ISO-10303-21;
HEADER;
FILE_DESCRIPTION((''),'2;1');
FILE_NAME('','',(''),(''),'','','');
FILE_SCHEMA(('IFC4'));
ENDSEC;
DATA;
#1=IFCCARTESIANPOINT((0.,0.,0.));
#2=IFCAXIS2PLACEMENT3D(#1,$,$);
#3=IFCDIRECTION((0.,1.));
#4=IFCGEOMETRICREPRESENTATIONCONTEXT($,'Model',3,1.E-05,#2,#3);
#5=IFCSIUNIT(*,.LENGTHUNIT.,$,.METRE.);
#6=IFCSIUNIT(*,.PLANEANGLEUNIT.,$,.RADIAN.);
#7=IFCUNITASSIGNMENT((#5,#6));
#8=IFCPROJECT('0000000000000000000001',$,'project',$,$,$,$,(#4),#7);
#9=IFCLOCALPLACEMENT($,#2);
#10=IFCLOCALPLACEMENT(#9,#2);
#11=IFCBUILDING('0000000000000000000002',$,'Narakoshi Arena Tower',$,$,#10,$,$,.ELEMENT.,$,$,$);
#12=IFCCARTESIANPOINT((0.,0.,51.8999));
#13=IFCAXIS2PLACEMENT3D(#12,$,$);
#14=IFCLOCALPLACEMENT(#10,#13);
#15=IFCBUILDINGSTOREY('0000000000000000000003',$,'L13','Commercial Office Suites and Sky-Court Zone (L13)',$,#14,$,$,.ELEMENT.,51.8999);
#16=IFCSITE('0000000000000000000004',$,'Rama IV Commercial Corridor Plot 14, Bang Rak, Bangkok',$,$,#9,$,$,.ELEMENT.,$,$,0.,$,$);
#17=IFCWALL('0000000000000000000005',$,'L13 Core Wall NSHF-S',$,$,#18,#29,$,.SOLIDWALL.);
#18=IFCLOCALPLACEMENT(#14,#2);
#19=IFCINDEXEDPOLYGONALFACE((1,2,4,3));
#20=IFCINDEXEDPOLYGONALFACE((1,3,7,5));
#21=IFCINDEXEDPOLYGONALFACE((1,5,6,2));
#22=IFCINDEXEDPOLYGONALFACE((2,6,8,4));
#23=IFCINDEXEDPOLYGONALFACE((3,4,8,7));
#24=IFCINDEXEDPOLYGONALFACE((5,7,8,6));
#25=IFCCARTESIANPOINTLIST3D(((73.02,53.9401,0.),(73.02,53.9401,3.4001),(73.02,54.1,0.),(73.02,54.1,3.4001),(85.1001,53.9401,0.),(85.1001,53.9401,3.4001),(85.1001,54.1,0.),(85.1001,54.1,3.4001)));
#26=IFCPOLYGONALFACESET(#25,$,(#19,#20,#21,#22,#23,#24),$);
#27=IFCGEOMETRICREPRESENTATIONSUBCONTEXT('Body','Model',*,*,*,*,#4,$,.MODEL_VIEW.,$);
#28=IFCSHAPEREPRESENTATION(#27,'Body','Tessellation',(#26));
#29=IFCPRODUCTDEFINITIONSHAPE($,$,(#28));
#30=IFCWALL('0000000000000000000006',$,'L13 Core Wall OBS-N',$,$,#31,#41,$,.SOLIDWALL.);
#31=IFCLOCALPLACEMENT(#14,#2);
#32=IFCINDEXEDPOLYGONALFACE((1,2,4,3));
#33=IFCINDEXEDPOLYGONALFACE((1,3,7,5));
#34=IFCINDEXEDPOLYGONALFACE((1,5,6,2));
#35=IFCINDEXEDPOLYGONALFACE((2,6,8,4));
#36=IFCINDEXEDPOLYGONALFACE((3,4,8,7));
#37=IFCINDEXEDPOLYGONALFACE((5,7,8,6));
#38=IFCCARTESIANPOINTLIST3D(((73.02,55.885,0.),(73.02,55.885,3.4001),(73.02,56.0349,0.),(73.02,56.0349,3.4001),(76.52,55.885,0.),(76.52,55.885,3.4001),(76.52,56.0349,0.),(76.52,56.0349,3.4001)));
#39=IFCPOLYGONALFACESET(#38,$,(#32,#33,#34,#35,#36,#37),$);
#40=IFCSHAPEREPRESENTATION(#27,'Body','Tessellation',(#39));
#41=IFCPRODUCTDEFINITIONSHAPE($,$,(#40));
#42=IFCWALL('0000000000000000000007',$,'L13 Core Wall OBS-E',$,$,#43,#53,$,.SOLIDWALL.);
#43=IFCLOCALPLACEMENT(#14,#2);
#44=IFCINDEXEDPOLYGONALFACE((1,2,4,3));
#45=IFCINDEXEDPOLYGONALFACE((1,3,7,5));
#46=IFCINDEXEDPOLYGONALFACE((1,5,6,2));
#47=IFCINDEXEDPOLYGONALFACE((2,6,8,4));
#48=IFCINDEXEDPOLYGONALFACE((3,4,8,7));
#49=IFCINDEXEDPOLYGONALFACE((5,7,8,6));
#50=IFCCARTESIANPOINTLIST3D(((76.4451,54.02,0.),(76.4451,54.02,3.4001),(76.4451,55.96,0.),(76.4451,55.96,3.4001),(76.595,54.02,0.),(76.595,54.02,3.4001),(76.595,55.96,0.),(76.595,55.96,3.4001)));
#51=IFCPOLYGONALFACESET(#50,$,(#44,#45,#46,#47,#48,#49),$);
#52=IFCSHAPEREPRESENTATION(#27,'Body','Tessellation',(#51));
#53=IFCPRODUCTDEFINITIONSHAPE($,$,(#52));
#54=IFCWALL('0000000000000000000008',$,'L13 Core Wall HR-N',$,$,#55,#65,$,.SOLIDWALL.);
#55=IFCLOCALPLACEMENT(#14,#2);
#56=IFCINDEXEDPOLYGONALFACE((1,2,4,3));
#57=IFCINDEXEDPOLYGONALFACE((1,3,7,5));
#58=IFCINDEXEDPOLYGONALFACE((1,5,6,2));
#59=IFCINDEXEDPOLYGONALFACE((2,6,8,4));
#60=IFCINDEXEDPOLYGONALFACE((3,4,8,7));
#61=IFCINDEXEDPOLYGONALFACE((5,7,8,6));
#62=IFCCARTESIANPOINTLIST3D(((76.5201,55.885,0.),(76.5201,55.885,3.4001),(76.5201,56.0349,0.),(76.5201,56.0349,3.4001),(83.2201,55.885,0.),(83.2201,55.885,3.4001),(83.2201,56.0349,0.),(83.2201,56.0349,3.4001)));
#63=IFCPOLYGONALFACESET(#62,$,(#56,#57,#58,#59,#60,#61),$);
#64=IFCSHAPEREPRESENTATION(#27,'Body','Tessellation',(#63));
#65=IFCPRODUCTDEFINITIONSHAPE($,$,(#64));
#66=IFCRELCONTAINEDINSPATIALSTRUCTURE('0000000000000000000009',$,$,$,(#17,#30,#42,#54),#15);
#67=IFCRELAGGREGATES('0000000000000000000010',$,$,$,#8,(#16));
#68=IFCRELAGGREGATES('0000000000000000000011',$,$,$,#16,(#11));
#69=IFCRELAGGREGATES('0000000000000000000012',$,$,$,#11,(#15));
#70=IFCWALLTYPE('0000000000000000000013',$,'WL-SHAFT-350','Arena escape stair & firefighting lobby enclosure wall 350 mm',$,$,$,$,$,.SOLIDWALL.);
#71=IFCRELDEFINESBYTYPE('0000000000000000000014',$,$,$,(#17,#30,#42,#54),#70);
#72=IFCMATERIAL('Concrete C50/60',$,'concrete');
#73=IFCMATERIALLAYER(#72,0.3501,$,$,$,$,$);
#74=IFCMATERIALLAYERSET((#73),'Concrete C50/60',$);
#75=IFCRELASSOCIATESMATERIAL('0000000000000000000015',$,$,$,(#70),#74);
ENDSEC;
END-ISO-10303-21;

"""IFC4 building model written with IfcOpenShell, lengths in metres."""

from ifc_helpers import new_model, si_unit, direction, frame, frame_2d, origin, place, context, subcontext, project, spatial, rectangle, extrude, material, layer, layer_set, type_object, element, save


model = new_model("IFC4")

# Units and contexts
model_context = context("Model", 3, precision=1e-05, world=origin(), true_north=direction((0.0, 1.0)))
body_context = subcontext(model_context, "Body", "Model", "MODEL_VIEW")
ifc_project = project(units=[si_unit("LENGTHUNIT", "METRE"), si_unit("PLANEANGLEUNIT", "RADIAN")], contexts=[model_context])

# Site, building, storey
site_placement = place(None, origin())
site = spatial("IfcSite", under=ifc_project, at=site_placement, Name="Rama IV Commercial Corridor Plot 14, Bang Rak, Bangkok", CompositionType="ELEMENT", RefElevation=0.0)
building_placement = place(site_placement, origin())
building = spatial("IfcBuilding", under=site, at=building_placement, Name="Narakoshi Arena Tower", CompositionType="ELEMENT")
storey_placement = place(building_placement, frame((0.0, 0.0, 51.8999)))
storey = spatial("IfcBuildingStorey", under=building, at=storey_placement, Name="L13", Description="Commercial Office Suites and Sky-Court Zone (L13)", CompositionType="ELEMENT", Elevation=51.8999)

# Walls
ifc_material_1 = material(Name="Concrete C50/60", Category="concrete")
ifc_layer_1 = layer(ifc_material_1, 0.3501)
ifc_layer_set_1 = layer_set([ifc_layer_1], Name="Concrete C50/60")
wall_type_1 = type_object("IfcWallType", Name="WL-SHAFT-350", Description="Arena escape stair & firefighting lobby enclosure wall 350 mm", PredefinedType="SOLIDWALL", material=ifc_layer_set_1)
wall_1_placement = place(storey_placement, frame((73.02, 54.02, 0.0), z_axis=(0.0, 0.0, 1.0), x_axis=(1.0, 0.0, 0.0)))
element("IfcWall", 1, at=wall_1_placement, inside=storey, type_object=wall_type_1, Name="L13 Core Wall NSHF-S", PredefinedType="SOLIDWALL", context=body_context, shape_type="SweptSolid", body=[
    extrude(rectangle(XDim=12.0801, YDim=0.1599, at=frame_2d((6.04, 0.0))), origin(), (0.0, 0.0, 1.0), 3.4001),
])
wall_2_placement = place(storey_placement, frame((73.02, 55.96, 0.0), z_axis=(0.0, 0.0, 1.0), x_axis=(1.0, 0.0, 0.0)))
element("IfcWall", 2, at=wall_2_placement, inside=storey, type_object=wall_type_1, Name="L13 Core Wall OBS-N", PredefinedType="SOLIDWALL", context=body_context, shape_type="SweptSolid", body=[
    extrude(rectangle(XDim=3.5, YDim=0.1499, at=frame_2d((1.75, 0.0))), origin(), (0.0, 0.0, 1.0), 3.4001),
])
wall_3_placement = place(storey_placement, frame((76.52, 54.02, 0.0), z_axis=(0.0, 0.0, 1.0), x_axis=(0.0, 1.0, 0.0)))
element("IfcWall", 3, at=wall_3_placement, inside=storey, type_object=wall_type_1, Name="L13 Core Wall OBS-E", PredefinedType="SOLIDWALL", context=body_context, shape_type="SweptSolid", body=[
    extrude(rectangle(XDim=1.9399, YDim=0.1499, at=frame_2d((0.97, 0.0))), origin(), (0.0, 0.0, 1.0), 3.4001),
])
wall_4_placement = place(storey_placement, frame((76.52, 55.96, 0.0), z_axis=(0.0, 0.0, 1.0), x_axis=(1.0, 0.0, 0.0)))
element("IfcWall", 4, at=wall_4_placement, inside=storey, type_object=wall_type_1, Name="L13 Core Wall HR-N", PredefinedType="SOLIDWALL", context=body_context, shape_type="SweptSolid", body=[
    extrude(rectangle(XDim=6.7, YDim=0.1499, at=frame_2d((3.3501, 0.0))), origin(), (0.0, 0.0, 1.0), 3.4001),
])

save(model, "model.ifc")
